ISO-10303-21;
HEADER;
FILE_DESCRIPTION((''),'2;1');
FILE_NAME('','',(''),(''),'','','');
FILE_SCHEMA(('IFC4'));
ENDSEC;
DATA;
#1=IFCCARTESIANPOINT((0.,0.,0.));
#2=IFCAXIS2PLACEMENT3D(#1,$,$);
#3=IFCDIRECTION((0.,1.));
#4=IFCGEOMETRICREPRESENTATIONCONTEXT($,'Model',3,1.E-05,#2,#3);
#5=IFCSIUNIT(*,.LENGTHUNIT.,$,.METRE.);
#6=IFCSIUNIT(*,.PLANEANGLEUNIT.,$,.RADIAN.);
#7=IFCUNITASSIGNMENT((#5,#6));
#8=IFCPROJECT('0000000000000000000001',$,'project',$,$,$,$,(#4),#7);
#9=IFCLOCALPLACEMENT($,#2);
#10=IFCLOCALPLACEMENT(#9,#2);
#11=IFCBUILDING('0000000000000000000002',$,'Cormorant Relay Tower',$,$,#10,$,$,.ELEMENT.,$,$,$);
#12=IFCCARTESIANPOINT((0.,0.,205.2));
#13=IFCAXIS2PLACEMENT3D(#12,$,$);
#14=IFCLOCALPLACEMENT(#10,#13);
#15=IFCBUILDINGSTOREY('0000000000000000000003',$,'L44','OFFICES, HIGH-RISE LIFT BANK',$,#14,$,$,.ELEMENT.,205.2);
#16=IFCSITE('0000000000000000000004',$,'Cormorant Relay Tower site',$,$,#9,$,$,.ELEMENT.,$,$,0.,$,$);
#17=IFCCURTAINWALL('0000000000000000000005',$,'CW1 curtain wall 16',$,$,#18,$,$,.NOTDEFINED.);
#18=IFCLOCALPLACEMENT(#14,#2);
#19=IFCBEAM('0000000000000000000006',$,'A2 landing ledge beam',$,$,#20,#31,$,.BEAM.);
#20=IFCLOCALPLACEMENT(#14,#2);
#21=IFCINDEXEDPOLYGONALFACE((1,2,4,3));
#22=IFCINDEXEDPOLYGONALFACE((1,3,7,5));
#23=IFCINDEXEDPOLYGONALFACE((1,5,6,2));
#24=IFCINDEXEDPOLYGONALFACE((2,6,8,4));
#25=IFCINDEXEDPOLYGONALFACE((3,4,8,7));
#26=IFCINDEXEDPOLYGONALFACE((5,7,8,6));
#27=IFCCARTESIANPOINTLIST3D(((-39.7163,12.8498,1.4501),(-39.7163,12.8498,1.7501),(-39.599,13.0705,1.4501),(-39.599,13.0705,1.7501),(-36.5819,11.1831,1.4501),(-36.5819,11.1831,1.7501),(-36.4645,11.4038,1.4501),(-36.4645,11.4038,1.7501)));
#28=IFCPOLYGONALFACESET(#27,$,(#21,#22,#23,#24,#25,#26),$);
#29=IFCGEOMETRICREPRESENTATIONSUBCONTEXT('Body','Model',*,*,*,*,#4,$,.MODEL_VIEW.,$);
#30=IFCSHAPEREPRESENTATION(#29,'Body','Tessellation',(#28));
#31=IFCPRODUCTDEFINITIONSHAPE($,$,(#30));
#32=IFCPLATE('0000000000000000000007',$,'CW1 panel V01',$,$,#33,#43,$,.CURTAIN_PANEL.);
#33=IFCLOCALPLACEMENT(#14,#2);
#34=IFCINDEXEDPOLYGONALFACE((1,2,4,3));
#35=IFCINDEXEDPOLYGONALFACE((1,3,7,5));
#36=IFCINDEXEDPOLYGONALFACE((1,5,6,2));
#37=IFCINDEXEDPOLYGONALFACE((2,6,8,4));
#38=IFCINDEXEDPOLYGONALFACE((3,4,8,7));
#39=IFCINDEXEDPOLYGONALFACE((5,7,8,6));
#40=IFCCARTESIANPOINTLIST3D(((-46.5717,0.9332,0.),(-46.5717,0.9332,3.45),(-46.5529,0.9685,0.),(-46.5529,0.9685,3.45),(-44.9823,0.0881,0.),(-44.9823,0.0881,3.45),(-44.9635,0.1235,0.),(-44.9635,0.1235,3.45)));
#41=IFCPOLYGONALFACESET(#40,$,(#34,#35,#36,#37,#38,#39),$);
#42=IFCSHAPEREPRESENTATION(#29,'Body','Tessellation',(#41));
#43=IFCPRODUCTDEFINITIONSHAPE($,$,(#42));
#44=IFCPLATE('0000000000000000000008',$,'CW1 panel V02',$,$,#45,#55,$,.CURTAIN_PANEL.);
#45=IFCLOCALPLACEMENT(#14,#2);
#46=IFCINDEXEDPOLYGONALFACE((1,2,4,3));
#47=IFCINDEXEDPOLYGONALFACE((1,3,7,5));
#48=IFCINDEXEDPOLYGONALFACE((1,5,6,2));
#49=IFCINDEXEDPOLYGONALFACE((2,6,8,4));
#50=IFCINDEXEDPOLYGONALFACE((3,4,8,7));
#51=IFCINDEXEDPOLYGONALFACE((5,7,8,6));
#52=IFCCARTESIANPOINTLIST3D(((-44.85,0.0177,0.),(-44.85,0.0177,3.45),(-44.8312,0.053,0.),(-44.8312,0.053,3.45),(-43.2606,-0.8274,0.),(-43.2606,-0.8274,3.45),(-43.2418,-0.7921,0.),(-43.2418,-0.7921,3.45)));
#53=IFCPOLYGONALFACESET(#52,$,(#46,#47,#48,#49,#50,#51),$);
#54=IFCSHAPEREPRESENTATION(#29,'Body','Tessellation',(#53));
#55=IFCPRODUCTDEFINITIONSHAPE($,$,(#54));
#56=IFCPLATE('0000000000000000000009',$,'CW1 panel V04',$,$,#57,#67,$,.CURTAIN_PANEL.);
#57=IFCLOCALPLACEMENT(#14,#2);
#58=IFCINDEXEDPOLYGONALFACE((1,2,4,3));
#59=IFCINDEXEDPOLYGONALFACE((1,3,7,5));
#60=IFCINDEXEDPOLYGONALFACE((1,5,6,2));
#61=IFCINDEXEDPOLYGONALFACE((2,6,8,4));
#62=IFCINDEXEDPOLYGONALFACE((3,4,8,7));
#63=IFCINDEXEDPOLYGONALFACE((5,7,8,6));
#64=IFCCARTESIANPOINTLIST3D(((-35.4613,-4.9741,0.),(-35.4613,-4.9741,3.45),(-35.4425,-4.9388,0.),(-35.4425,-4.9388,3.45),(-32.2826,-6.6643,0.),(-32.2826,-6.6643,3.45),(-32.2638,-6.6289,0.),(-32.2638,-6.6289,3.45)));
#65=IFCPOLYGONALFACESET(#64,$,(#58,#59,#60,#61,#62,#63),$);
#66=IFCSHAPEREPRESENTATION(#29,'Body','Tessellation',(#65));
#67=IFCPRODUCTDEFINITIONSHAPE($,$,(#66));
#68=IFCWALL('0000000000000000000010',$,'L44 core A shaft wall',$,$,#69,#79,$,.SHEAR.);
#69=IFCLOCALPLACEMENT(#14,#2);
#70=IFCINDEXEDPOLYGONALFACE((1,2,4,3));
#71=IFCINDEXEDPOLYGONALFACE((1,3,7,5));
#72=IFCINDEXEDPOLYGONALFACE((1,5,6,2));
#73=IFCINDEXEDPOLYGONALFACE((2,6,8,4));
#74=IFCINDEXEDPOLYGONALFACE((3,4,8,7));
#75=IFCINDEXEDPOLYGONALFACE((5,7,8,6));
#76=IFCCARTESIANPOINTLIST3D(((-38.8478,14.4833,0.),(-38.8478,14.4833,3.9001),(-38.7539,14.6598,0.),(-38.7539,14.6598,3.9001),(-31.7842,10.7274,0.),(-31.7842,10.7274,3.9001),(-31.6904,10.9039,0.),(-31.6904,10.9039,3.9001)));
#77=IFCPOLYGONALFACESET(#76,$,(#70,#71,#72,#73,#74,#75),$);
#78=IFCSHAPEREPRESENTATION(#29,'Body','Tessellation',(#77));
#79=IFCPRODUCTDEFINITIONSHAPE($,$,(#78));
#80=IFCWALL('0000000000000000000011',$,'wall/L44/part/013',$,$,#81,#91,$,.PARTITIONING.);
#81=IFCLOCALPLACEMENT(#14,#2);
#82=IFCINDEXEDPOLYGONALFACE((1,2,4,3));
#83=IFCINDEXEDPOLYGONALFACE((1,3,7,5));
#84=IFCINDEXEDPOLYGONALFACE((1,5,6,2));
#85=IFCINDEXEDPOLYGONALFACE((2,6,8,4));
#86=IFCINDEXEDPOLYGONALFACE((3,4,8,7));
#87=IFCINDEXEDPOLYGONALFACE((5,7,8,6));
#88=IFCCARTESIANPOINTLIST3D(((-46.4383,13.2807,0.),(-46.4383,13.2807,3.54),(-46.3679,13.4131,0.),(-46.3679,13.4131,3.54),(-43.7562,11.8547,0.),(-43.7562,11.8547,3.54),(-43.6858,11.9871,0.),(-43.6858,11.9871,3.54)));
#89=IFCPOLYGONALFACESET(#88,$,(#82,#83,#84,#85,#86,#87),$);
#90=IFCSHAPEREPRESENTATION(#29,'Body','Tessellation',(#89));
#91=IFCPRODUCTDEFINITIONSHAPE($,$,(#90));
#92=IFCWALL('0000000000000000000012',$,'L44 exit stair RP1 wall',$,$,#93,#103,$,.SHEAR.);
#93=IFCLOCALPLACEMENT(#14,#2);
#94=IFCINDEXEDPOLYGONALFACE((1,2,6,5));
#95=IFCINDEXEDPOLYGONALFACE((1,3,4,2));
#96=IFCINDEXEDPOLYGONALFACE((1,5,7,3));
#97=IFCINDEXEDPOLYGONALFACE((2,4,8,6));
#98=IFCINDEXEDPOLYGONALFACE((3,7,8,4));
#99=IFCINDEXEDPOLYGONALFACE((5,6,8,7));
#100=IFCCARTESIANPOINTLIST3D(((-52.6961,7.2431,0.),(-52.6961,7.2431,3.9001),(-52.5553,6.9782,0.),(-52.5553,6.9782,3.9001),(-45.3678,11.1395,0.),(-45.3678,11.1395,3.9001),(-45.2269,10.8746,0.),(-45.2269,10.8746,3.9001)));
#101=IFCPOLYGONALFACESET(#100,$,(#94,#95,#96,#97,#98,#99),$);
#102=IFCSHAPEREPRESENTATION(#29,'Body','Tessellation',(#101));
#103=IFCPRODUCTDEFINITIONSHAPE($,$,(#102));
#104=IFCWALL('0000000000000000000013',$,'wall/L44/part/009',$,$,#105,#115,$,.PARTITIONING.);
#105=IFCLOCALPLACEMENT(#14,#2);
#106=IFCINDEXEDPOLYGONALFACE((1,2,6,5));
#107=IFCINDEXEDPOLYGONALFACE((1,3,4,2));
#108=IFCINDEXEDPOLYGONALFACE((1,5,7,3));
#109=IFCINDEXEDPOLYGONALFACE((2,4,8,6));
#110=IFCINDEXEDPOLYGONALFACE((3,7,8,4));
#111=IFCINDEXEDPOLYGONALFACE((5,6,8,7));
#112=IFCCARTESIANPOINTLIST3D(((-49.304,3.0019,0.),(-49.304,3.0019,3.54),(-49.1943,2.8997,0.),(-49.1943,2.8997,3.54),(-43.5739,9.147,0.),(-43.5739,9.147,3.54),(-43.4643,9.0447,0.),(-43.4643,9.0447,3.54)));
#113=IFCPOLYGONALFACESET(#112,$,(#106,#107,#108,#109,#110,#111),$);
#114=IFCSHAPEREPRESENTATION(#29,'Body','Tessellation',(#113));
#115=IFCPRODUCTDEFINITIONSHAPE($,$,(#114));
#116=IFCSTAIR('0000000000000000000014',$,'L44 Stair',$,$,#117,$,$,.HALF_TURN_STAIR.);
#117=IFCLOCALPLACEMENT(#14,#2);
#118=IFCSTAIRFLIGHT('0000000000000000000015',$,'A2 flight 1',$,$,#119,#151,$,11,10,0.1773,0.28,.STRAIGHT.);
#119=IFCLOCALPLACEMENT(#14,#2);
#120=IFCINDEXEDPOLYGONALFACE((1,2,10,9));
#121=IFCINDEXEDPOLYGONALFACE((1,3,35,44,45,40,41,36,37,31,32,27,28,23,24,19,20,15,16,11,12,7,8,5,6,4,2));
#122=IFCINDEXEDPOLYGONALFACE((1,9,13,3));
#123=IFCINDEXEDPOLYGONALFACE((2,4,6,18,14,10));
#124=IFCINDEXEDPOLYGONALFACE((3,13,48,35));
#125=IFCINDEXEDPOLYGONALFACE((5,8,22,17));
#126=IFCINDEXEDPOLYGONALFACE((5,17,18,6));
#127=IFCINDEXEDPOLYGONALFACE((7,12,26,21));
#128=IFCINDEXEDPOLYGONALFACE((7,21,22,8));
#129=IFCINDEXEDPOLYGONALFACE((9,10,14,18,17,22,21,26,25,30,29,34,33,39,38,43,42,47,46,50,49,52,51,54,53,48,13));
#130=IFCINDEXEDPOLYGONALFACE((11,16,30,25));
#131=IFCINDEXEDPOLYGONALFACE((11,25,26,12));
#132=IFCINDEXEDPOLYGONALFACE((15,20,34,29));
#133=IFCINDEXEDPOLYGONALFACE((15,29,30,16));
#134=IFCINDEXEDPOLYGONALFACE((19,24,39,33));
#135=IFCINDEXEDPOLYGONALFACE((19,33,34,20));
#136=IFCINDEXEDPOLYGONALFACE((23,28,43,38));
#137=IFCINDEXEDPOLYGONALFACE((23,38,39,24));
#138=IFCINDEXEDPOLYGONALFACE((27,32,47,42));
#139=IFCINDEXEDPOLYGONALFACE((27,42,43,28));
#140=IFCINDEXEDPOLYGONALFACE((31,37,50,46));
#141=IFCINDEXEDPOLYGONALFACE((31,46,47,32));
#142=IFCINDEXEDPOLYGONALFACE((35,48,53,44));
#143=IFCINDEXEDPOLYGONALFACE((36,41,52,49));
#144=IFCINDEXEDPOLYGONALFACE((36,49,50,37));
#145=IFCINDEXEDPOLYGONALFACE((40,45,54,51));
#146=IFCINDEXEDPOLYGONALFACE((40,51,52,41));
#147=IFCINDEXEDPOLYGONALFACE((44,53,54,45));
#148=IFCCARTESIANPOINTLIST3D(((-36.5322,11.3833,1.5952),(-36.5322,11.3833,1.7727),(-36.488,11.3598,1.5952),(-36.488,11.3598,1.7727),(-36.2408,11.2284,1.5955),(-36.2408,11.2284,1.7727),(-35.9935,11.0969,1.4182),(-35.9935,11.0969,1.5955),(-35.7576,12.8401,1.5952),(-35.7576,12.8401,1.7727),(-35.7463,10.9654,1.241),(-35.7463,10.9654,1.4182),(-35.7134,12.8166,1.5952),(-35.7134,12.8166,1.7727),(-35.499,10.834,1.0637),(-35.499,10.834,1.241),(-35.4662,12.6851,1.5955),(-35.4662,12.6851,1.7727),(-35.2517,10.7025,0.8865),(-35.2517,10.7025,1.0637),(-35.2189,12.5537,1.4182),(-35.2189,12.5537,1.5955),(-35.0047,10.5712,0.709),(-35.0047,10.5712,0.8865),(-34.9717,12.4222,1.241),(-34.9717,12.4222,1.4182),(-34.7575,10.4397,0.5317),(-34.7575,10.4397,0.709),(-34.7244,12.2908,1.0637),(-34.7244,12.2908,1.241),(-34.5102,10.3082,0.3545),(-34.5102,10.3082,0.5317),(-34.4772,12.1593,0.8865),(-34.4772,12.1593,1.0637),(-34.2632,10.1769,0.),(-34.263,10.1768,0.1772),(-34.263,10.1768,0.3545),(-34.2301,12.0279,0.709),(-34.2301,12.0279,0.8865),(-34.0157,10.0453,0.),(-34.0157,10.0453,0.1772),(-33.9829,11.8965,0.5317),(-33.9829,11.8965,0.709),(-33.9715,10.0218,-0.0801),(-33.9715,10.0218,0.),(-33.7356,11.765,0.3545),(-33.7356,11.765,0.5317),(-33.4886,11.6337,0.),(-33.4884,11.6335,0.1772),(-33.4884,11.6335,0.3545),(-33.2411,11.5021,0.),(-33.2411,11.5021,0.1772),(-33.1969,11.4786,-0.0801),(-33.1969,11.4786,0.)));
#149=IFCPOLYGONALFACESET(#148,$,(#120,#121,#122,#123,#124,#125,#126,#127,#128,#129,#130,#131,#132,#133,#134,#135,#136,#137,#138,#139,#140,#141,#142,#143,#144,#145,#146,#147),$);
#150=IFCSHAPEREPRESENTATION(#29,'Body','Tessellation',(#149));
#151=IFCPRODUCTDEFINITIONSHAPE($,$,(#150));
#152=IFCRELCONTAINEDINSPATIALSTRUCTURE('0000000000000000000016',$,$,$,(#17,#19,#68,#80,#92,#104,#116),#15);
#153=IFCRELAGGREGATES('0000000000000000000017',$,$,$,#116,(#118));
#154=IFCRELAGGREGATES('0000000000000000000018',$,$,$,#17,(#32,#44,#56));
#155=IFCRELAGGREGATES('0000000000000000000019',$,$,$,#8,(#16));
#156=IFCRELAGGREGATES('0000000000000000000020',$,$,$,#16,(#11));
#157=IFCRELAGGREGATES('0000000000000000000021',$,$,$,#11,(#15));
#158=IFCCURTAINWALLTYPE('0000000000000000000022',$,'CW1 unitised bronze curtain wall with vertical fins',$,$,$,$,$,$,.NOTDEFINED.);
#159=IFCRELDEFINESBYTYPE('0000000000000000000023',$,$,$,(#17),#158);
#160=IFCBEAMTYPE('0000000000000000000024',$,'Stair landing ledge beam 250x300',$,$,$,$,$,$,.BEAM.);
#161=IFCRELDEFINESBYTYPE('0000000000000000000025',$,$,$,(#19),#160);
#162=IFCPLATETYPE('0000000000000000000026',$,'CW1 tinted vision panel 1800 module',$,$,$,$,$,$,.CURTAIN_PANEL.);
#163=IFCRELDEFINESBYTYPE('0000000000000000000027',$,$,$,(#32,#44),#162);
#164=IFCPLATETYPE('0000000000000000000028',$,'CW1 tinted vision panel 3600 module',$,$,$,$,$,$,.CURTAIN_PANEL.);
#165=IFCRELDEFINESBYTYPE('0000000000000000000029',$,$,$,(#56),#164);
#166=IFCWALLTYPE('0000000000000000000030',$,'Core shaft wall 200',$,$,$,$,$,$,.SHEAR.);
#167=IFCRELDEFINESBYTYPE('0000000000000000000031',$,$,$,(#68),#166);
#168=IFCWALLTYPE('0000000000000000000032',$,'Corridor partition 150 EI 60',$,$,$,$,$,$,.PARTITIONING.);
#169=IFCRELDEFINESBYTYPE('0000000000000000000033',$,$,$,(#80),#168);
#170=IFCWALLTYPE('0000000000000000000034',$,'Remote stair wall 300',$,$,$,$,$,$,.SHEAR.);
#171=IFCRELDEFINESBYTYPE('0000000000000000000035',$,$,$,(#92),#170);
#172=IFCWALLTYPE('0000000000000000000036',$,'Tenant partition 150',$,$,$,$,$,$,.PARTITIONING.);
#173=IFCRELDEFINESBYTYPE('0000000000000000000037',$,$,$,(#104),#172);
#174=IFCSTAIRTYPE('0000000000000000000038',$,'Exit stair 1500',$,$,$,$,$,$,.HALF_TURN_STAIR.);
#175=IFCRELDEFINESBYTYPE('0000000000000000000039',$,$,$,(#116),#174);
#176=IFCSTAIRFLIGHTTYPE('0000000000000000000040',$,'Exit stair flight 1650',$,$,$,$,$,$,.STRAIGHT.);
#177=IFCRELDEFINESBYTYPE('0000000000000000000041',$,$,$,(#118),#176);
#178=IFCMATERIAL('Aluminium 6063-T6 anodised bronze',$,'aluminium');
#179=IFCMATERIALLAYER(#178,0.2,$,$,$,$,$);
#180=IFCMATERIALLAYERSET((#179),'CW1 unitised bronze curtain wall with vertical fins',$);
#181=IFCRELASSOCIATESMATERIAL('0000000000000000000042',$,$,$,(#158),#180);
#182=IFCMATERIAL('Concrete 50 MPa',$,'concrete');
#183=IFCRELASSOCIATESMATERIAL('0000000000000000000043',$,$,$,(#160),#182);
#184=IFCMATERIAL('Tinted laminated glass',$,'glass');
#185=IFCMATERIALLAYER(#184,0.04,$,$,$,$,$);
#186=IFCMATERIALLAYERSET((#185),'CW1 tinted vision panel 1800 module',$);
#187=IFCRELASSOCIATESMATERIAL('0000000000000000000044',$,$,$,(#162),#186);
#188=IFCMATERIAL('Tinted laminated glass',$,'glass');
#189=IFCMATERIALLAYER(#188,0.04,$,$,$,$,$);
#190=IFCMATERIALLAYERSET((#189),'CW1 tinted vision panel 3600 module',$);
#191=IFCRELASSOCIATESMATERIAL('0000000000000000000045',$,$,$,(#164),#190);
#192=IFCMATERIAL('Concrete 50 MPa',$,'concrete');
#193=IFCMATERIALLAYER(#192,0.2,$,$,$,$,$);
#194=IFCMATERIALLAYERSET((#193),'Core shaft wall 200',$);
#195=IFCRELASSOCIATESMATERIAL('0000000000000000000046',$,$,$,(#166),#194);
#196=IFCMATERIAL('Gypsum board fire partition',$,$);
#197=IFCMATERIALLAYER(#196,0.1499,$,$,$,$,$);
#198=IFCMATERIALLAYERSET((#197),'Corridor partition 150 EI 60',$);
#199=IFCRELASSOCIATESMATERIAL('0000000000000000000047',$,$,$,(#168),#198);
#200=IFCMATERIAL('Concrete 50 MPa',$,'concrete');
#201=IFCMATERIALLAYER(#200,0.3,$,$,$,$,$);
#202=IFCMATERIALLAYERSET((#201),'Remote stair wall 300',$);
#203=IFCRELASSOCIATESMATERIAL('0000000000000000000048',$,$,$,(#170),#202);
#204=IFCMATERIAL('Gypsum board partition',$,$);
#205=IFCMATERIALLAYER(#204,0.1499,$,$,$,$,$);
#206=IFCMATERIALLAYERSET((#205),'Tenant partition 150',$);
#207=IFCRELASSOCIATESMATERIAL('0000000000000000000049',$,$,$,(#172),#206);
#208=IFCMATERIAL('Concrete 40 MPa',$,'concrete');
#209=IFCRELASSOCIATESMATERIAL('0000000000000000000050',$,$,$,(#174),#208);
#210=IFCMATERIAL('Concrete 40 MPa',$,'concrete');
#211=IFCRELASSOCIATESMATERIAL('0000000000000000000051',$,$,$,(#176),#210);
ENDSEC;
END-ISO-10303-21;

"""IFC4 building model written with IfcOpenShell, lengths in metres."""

from ifc_helpers import new_model, si_unit, direction, frame, frame_2d, origin, origin_2d, place, context, subcontext, project, spatial, polyline, rectangle, outline, extrude, material, layer, layer_set, material_profile, profile_set, type_object, element, aggregate, save


model = new_model("IFC4")

# Units and contexts
model_context = context("Model", 3, precision=1e-05, world=origin(), true_north=direction((0.0, 1.0)))
body_context = subcontext(model_context, "Body", "Model", "MODEL_VIEW")
ifc_project = project(units=[si_unit("LENGTHUNIT", "METRE"), si_unit("PLANEANGLEUNIT", "RADIAN")], contexts=[model_context])

# Site, building, storey
site_placement = place(None, origin())
site = spatial("IfcSite", under=ifc_project, at=site_placement, Name="Cormorant Relay Tower site", CompositionType="ELEMENT", RefElevation=0.0)
building_placement = place(site_placement, origin())
building = spatial("IfcBuilding", under=site, at=building_placement, Name="Cormorant Relay Tower", CompositionType="ELEMENT")
storey_placement = place(building_placement, frame((0.0, 0.0, 205.2)))
storey = spatial("IfcBuildingStorey", under=building, at=storey_placement, Name="L44", Description="OFFICES, HIGH-RISE LIFT BANK", CompositionType="ELEMENT", Elevation=205.2)

# Curtain wall
ifc_material_1 = material(Name="Aluminium 6063-T6 anodised bronze", Category="aluminium")
ifc_layer_1 = layer(ifc_material_1, 0.2)
ifc_layer_set_1 = layer_set([ifc_layer_1], Name="CW1 unitised bronze curtain wall with vertical fins")
curtain_wall_type = type_object("IfcCurtainWallType", Name="CW1 unitised bronze curtain wall with vertical fins", PredefinedType="NOTDEFINED", material=ifc_layer_set_1)
curtain_wall_placement = place(storey_placement, origin())
curtain_wall = element("IfcCurtainWall", 1, at=curtain_wall_placement, inside=storey, type_object=curtain_wall_type, Name="CW1 curtain wall 16", PredefinedType="NOTDEFINED")

# Beam
ifc_material_2 = material(Name="Concrete 50 MPa", Category="concrete")
ifc_material_profile_1 = material_profile(ifc_material_2, rectangle(XDim=0.25, YDim=0.3, at=origin_2d()), Name="RC 250x300")
ifc_profile_set_1 = profile_set([ifc_material_profile_1], Name="Concrete 50 MPa")
beam_type_1 = type_object("IfcBeamType", Name="Stair landing ledge beam 250x300", PredefinedType="BEAM", material=ifc_profile_set_1)
beam_1_placement = place(storey_placement, frame((-36.5232, 11.2935, 1.6001), z_axis=(-0.882937, 0.469492, 0.0), x_axis=(-0.469492, -0.882937, 0.0)))
element("IfcBeam", 2, at=beam_1_placement, inside=storey, type_object=beam_type_1, Name="A2 landing ledge beam", PredefinedType="BEAM", context=body_context, shape_type="SweptSolid", body=[
    extrude(rectangle(XDim=0.25, YDim=0.3, at=origin_2d()), origin(), (0.0, 0.0, 1.0), 3.55),
])

# Plates
ifc_material_3 = material(Name="Tinted laminated glass", Category="glass")
ifc_layer_2 = layer(ifc_material_3, 0.04)
ifc_layer_set_2 = layer_set([ifc_layer_2], Name="CW1 tinted vision panel 1800 module")
plate_type_1 = type_object("IfcPlateType", Name="CW1 tinted vision panel 1800 module", PredefinedType="CURTAIN_PANEL", material=ifc_layer_set_2)
plate_1_placement = place(storey_placement, frame((-45.7676, 0.5283, 0.0), z_axis=(0.0, 0.0, 1.0), x_axis=(0.882948, -0.469472, 0.0)))
plate_1 = element("IfcPlate", 3, at=plate_1_placement, type_object=plate_type_1, Name="CW1 panel V01", PredefinedType="CURTAIN_PANEL", context=body_context, shape_type="SweptSolid", body=[
    extrude(rectangle(XDim=1.8, YDim=0.04, at=origin_2d()), origin(), (0.0, 0.0, 1.0), 3.45),
])
plate_2_placement = place(storey_placement, frame((-44.0459, -0.3872, 0.0), z_axis=(0.0, 0.0, 1.0), x_axis=(0.882948, -0.469472, 0.0)))
plate_2 = element("IfcPlate", 4, at=plate_2_placement, type_object=plate_type_1, Name="CW1 panel V02", PredefinedType="CURTAIN_PANEL", context=body_context, shape_type="SweptSolid", body=[
    extrude(rectangle(XDim=1.8, YDim=0.04, at=origin_2d()), origin(), (0.0, 0.0, 1.0), 3.45),
])
ifc_material_4 = material(Name="Tinted laminated glass", Category="glass")
ifc_layer_3 = layer(ifc_material_4, 0.04)
ifc_layer_set_3 = layer_set([ifc_layer_3], Name="CW1 tinted vision panel 3600 module")
plate_type_2 = type_object("IfcPlateType", Name="CW1 tinted vision panel 3600 module", PredefinedType="CURTAIN_PANEL", material=ifc_layer_set_3)
plate_3_placement = place(storey_placement, frame((-33.8625, -5.8015, 0.0), z_axis=(0.0, 0.0, 1.0), x_axis=(0.882948, -0.469472, 0.0)))
plate_3 = element("IfcPlate", 5, at=plate_3_placement, type_object=plate_type_2, Name="CW1 panel V04", PredefinedType="CURTAIN_PANEL", context=body_context, shape_type="SweptSolid", body=[
    extrude(rectangle(XDim=3.6001, YDim=0.04, at=origin_2d()), origin(), (0.0, 0.0, 1.0), 3.45),
])

# Walls
ifc_material_5 = material(Name="Concrete 50 MPa", Category="concrete")
ifc_layer_4 = layer(ifc_material_5, 0.2)
ifc_layer_set_4 = layer_set([ifc_layer_4], Name="Core shaft wall 200")
wall_type_1 = type_object("IfcWallType", Name="Core shaft wall 200", PredefinedType="SHEAR", material=ifc_layer_set_4)
wall_1_placement = place(storey_placement, frame((-31.7373, 10.8157, 0.0), z_axis=(0.0, 0.0, 1.0), x_axis=(-0.88294, 0.469485, 0.0)))
element("IfcWall", 6, at=wall_1_placement, inside=storey, type_object=wall_type_1, Name="L44 core A shaft wall", PredefinedType="SHEAR", context=body_context, shape_type="SweptSolid", body=[
    extrude(rectangle(XDim=8.0, YDim=0.2, at=frame_2d((4.0, 0.0))), origin(), (0.0, 0.0, 1.0), 3.9001),
])
ifc_material_6 = material(Name="Gypsum board fire partition")
ifc_layer_5 = layer(ifc_material_6, 0.1499)
ifc_layer_set_5 = layer_set([ifc_layer_5], Name="Corridor partition 150 EI 60")
wall_type_2 = type_object("IfcWallType", Name="Corridor partition 150 EI 60", PredefinedType="PARTITIONING", material=ifc_layer_set_5)
wall_2_placement = place(storey_placement, frame((-46.4031, 13.3469, 0.0), z_axis=(0.0, 0.0, 1.0), x_axis=(0.88296, -0.469449, 0.0)))
element("IfcWall", 7, at=wall_2_placement, inside=storey, type_object=wall_type_2, Name="wall/L44/part/013", PredefinedType="PARTITIONING", context=body_context, shape_type="SweptSolid", body=[
    extrude(rectangle(XDim=3.0376, YDim=0.1499, at=frame_2d((1.5188, 0.0))), origin(), (0.0, 0.0, 1.0), 3.54),
])
ifc_material_7 = material(Name="Concrete 50 MPa", Category="concrete")
ifc_layer_6 = layer(ifc_material_7, 0.3)
ifc_layer_set_6 = layer_set([ifc_layer_6], Name="Remote stair wall 300")
wall_type_3 = type_object("IfcWallType", Name="Remote stair wall 300", PredefinedType="SHEAR", material=ifc_layer_set_6)
wall_3_placement = place(storey_placement, frame((-45.2974, 11.0071, 0.0), z_axis=(0.0, 0.0, 1.0), x_axis=(-0.882952, -0.469464, 0.0)))
element("IfcWall", 8, at=wall_3_placement, inside=storey, type_object=wall_type_3, Name="L44 exit stair RP1 wall", PredefinedType="SHEAR", context=body_context, shape_type="SweptSolid", body=[
    extrude(rectangle(XDim=8.2998, YDim=0.3, at=frame_2d((4.1499, 0.0))), origin(), (0.0, 0.0, 1.0), 3.9001),
])
ifc_material_8 = material(Name="Gypsum board partition")
ifc_layer_7 = layer(ifc_material_8, 0.1499)
ifc_layer_set_7 = layer_set([ifc_layer_7], Name="Tenant partition 150")
wall_type_4 = type_object("IfcWallType", Name="Tenant partition 150", PredefinedType="PARTITIONING", material=ifc_layer_set_7)
wall_4_placement = place(storey_placement, frame((-43.519, 9.0959, 0.0), z_axis=(0.0, 0.0, 1.0), x_axis=(-0.681977, -0.731374, 0.0)))
element("IfcWall", 9, at=wall_4_placement, inside=storey, type_object=wall_type_4, Name="wall/L44/part/009", PredefinedType="PARTITIONING", context=body_context, shape_type="SweptSolid", body=[
    extrude(rectangle(XDim=8.4021, YDim=0.1499, at=frame_2d((4.2012, 0.0))), origin(), (0.0, 0.0, 1.0), 3.54),
])

# Stair, stair flight
ifc_material_9 = material(Name="Concrete 40 MPa", Category="concrete")
stair_type = type_object("IfcStairType", Name="Exit stair 1500", PredefinedType="HALF_TURN_STAIR", material=ifc_material_9)
stair_placement = place(storey_placement, origin())
stair = element("IfcStair", 10, at=stair_placement, inside=storey, type_object=stair_type, Name="L44 Stair", PredefinedType="HALF_TURN_STAIR")
ifc_material_10 = material(Name="Concrete 40 MPa", Category="concrete")
stair_flight_type = type_object("IfcStairFlightType", Name="Exit stair flight 1650", PredefinedType="STRAIGHT", material=ifc_material_10)
stair_flight_1_placement = place(storey_placement, frame((-33.6284, 10.7737, 0.0), z_axis=(0.0, 0.0, 1.0), x_axis=(-0.882948, 0.469472, 0.0)))
stair_flight_1 = element("IfcStairFlight", 11, at=stair_flight_1_placement, type_object=stair_flight_type, Name="A2 flight 1", NumberOfRisers=11, NumberOfTreads=10, PredefinedType="STRAIGHT", RiserHeight=0.1773, TreadLength=0.28, context=body_context, shape_type="SweptSolid", body=[
    extrude(outline(polyline([(-0.05, -0.0801), (-0.05, 0.0), (0.0, 0.0), (0.0, 0.1772), (0.28, 0.1772), (0.28, 0.3545), (0.5601, 0.3545), (0.5601, 0.5317), (0.8401, 0.5317), (0.8401, 0.709), (1.1201, 0.709), (1.1201, 0.8865), (1.3999, 0.8865), (1.3999, 1.0637), (1.6799, 1.0637), (1.6799, 1.241), (1.96, 1.241), (1.96, 1.4182), (2.24, 1.4182), (2.24, 1.5955), (2.52, 1.5955), (2.52, 1.7727), (2.8, 1.7727), (2.8501, 1.7727), (2.8501, 1.5952), (2.8, 1.5952), (0.2803, 0.0), (-0.05, -0.0801)])), frame((0.0, 0.825, 0.0), z_axis=(0.0, -1.0, 0.0), x_axis=(1.0, 0.0, 0.0)), (0.0, 0.0, 1.0), 1.6499),
])
aggregate(stair, [stair_flight_1])

aggregate(curtain_wall, [plate_1, plate_2, plate_3])

save(model, "model.ifc")
